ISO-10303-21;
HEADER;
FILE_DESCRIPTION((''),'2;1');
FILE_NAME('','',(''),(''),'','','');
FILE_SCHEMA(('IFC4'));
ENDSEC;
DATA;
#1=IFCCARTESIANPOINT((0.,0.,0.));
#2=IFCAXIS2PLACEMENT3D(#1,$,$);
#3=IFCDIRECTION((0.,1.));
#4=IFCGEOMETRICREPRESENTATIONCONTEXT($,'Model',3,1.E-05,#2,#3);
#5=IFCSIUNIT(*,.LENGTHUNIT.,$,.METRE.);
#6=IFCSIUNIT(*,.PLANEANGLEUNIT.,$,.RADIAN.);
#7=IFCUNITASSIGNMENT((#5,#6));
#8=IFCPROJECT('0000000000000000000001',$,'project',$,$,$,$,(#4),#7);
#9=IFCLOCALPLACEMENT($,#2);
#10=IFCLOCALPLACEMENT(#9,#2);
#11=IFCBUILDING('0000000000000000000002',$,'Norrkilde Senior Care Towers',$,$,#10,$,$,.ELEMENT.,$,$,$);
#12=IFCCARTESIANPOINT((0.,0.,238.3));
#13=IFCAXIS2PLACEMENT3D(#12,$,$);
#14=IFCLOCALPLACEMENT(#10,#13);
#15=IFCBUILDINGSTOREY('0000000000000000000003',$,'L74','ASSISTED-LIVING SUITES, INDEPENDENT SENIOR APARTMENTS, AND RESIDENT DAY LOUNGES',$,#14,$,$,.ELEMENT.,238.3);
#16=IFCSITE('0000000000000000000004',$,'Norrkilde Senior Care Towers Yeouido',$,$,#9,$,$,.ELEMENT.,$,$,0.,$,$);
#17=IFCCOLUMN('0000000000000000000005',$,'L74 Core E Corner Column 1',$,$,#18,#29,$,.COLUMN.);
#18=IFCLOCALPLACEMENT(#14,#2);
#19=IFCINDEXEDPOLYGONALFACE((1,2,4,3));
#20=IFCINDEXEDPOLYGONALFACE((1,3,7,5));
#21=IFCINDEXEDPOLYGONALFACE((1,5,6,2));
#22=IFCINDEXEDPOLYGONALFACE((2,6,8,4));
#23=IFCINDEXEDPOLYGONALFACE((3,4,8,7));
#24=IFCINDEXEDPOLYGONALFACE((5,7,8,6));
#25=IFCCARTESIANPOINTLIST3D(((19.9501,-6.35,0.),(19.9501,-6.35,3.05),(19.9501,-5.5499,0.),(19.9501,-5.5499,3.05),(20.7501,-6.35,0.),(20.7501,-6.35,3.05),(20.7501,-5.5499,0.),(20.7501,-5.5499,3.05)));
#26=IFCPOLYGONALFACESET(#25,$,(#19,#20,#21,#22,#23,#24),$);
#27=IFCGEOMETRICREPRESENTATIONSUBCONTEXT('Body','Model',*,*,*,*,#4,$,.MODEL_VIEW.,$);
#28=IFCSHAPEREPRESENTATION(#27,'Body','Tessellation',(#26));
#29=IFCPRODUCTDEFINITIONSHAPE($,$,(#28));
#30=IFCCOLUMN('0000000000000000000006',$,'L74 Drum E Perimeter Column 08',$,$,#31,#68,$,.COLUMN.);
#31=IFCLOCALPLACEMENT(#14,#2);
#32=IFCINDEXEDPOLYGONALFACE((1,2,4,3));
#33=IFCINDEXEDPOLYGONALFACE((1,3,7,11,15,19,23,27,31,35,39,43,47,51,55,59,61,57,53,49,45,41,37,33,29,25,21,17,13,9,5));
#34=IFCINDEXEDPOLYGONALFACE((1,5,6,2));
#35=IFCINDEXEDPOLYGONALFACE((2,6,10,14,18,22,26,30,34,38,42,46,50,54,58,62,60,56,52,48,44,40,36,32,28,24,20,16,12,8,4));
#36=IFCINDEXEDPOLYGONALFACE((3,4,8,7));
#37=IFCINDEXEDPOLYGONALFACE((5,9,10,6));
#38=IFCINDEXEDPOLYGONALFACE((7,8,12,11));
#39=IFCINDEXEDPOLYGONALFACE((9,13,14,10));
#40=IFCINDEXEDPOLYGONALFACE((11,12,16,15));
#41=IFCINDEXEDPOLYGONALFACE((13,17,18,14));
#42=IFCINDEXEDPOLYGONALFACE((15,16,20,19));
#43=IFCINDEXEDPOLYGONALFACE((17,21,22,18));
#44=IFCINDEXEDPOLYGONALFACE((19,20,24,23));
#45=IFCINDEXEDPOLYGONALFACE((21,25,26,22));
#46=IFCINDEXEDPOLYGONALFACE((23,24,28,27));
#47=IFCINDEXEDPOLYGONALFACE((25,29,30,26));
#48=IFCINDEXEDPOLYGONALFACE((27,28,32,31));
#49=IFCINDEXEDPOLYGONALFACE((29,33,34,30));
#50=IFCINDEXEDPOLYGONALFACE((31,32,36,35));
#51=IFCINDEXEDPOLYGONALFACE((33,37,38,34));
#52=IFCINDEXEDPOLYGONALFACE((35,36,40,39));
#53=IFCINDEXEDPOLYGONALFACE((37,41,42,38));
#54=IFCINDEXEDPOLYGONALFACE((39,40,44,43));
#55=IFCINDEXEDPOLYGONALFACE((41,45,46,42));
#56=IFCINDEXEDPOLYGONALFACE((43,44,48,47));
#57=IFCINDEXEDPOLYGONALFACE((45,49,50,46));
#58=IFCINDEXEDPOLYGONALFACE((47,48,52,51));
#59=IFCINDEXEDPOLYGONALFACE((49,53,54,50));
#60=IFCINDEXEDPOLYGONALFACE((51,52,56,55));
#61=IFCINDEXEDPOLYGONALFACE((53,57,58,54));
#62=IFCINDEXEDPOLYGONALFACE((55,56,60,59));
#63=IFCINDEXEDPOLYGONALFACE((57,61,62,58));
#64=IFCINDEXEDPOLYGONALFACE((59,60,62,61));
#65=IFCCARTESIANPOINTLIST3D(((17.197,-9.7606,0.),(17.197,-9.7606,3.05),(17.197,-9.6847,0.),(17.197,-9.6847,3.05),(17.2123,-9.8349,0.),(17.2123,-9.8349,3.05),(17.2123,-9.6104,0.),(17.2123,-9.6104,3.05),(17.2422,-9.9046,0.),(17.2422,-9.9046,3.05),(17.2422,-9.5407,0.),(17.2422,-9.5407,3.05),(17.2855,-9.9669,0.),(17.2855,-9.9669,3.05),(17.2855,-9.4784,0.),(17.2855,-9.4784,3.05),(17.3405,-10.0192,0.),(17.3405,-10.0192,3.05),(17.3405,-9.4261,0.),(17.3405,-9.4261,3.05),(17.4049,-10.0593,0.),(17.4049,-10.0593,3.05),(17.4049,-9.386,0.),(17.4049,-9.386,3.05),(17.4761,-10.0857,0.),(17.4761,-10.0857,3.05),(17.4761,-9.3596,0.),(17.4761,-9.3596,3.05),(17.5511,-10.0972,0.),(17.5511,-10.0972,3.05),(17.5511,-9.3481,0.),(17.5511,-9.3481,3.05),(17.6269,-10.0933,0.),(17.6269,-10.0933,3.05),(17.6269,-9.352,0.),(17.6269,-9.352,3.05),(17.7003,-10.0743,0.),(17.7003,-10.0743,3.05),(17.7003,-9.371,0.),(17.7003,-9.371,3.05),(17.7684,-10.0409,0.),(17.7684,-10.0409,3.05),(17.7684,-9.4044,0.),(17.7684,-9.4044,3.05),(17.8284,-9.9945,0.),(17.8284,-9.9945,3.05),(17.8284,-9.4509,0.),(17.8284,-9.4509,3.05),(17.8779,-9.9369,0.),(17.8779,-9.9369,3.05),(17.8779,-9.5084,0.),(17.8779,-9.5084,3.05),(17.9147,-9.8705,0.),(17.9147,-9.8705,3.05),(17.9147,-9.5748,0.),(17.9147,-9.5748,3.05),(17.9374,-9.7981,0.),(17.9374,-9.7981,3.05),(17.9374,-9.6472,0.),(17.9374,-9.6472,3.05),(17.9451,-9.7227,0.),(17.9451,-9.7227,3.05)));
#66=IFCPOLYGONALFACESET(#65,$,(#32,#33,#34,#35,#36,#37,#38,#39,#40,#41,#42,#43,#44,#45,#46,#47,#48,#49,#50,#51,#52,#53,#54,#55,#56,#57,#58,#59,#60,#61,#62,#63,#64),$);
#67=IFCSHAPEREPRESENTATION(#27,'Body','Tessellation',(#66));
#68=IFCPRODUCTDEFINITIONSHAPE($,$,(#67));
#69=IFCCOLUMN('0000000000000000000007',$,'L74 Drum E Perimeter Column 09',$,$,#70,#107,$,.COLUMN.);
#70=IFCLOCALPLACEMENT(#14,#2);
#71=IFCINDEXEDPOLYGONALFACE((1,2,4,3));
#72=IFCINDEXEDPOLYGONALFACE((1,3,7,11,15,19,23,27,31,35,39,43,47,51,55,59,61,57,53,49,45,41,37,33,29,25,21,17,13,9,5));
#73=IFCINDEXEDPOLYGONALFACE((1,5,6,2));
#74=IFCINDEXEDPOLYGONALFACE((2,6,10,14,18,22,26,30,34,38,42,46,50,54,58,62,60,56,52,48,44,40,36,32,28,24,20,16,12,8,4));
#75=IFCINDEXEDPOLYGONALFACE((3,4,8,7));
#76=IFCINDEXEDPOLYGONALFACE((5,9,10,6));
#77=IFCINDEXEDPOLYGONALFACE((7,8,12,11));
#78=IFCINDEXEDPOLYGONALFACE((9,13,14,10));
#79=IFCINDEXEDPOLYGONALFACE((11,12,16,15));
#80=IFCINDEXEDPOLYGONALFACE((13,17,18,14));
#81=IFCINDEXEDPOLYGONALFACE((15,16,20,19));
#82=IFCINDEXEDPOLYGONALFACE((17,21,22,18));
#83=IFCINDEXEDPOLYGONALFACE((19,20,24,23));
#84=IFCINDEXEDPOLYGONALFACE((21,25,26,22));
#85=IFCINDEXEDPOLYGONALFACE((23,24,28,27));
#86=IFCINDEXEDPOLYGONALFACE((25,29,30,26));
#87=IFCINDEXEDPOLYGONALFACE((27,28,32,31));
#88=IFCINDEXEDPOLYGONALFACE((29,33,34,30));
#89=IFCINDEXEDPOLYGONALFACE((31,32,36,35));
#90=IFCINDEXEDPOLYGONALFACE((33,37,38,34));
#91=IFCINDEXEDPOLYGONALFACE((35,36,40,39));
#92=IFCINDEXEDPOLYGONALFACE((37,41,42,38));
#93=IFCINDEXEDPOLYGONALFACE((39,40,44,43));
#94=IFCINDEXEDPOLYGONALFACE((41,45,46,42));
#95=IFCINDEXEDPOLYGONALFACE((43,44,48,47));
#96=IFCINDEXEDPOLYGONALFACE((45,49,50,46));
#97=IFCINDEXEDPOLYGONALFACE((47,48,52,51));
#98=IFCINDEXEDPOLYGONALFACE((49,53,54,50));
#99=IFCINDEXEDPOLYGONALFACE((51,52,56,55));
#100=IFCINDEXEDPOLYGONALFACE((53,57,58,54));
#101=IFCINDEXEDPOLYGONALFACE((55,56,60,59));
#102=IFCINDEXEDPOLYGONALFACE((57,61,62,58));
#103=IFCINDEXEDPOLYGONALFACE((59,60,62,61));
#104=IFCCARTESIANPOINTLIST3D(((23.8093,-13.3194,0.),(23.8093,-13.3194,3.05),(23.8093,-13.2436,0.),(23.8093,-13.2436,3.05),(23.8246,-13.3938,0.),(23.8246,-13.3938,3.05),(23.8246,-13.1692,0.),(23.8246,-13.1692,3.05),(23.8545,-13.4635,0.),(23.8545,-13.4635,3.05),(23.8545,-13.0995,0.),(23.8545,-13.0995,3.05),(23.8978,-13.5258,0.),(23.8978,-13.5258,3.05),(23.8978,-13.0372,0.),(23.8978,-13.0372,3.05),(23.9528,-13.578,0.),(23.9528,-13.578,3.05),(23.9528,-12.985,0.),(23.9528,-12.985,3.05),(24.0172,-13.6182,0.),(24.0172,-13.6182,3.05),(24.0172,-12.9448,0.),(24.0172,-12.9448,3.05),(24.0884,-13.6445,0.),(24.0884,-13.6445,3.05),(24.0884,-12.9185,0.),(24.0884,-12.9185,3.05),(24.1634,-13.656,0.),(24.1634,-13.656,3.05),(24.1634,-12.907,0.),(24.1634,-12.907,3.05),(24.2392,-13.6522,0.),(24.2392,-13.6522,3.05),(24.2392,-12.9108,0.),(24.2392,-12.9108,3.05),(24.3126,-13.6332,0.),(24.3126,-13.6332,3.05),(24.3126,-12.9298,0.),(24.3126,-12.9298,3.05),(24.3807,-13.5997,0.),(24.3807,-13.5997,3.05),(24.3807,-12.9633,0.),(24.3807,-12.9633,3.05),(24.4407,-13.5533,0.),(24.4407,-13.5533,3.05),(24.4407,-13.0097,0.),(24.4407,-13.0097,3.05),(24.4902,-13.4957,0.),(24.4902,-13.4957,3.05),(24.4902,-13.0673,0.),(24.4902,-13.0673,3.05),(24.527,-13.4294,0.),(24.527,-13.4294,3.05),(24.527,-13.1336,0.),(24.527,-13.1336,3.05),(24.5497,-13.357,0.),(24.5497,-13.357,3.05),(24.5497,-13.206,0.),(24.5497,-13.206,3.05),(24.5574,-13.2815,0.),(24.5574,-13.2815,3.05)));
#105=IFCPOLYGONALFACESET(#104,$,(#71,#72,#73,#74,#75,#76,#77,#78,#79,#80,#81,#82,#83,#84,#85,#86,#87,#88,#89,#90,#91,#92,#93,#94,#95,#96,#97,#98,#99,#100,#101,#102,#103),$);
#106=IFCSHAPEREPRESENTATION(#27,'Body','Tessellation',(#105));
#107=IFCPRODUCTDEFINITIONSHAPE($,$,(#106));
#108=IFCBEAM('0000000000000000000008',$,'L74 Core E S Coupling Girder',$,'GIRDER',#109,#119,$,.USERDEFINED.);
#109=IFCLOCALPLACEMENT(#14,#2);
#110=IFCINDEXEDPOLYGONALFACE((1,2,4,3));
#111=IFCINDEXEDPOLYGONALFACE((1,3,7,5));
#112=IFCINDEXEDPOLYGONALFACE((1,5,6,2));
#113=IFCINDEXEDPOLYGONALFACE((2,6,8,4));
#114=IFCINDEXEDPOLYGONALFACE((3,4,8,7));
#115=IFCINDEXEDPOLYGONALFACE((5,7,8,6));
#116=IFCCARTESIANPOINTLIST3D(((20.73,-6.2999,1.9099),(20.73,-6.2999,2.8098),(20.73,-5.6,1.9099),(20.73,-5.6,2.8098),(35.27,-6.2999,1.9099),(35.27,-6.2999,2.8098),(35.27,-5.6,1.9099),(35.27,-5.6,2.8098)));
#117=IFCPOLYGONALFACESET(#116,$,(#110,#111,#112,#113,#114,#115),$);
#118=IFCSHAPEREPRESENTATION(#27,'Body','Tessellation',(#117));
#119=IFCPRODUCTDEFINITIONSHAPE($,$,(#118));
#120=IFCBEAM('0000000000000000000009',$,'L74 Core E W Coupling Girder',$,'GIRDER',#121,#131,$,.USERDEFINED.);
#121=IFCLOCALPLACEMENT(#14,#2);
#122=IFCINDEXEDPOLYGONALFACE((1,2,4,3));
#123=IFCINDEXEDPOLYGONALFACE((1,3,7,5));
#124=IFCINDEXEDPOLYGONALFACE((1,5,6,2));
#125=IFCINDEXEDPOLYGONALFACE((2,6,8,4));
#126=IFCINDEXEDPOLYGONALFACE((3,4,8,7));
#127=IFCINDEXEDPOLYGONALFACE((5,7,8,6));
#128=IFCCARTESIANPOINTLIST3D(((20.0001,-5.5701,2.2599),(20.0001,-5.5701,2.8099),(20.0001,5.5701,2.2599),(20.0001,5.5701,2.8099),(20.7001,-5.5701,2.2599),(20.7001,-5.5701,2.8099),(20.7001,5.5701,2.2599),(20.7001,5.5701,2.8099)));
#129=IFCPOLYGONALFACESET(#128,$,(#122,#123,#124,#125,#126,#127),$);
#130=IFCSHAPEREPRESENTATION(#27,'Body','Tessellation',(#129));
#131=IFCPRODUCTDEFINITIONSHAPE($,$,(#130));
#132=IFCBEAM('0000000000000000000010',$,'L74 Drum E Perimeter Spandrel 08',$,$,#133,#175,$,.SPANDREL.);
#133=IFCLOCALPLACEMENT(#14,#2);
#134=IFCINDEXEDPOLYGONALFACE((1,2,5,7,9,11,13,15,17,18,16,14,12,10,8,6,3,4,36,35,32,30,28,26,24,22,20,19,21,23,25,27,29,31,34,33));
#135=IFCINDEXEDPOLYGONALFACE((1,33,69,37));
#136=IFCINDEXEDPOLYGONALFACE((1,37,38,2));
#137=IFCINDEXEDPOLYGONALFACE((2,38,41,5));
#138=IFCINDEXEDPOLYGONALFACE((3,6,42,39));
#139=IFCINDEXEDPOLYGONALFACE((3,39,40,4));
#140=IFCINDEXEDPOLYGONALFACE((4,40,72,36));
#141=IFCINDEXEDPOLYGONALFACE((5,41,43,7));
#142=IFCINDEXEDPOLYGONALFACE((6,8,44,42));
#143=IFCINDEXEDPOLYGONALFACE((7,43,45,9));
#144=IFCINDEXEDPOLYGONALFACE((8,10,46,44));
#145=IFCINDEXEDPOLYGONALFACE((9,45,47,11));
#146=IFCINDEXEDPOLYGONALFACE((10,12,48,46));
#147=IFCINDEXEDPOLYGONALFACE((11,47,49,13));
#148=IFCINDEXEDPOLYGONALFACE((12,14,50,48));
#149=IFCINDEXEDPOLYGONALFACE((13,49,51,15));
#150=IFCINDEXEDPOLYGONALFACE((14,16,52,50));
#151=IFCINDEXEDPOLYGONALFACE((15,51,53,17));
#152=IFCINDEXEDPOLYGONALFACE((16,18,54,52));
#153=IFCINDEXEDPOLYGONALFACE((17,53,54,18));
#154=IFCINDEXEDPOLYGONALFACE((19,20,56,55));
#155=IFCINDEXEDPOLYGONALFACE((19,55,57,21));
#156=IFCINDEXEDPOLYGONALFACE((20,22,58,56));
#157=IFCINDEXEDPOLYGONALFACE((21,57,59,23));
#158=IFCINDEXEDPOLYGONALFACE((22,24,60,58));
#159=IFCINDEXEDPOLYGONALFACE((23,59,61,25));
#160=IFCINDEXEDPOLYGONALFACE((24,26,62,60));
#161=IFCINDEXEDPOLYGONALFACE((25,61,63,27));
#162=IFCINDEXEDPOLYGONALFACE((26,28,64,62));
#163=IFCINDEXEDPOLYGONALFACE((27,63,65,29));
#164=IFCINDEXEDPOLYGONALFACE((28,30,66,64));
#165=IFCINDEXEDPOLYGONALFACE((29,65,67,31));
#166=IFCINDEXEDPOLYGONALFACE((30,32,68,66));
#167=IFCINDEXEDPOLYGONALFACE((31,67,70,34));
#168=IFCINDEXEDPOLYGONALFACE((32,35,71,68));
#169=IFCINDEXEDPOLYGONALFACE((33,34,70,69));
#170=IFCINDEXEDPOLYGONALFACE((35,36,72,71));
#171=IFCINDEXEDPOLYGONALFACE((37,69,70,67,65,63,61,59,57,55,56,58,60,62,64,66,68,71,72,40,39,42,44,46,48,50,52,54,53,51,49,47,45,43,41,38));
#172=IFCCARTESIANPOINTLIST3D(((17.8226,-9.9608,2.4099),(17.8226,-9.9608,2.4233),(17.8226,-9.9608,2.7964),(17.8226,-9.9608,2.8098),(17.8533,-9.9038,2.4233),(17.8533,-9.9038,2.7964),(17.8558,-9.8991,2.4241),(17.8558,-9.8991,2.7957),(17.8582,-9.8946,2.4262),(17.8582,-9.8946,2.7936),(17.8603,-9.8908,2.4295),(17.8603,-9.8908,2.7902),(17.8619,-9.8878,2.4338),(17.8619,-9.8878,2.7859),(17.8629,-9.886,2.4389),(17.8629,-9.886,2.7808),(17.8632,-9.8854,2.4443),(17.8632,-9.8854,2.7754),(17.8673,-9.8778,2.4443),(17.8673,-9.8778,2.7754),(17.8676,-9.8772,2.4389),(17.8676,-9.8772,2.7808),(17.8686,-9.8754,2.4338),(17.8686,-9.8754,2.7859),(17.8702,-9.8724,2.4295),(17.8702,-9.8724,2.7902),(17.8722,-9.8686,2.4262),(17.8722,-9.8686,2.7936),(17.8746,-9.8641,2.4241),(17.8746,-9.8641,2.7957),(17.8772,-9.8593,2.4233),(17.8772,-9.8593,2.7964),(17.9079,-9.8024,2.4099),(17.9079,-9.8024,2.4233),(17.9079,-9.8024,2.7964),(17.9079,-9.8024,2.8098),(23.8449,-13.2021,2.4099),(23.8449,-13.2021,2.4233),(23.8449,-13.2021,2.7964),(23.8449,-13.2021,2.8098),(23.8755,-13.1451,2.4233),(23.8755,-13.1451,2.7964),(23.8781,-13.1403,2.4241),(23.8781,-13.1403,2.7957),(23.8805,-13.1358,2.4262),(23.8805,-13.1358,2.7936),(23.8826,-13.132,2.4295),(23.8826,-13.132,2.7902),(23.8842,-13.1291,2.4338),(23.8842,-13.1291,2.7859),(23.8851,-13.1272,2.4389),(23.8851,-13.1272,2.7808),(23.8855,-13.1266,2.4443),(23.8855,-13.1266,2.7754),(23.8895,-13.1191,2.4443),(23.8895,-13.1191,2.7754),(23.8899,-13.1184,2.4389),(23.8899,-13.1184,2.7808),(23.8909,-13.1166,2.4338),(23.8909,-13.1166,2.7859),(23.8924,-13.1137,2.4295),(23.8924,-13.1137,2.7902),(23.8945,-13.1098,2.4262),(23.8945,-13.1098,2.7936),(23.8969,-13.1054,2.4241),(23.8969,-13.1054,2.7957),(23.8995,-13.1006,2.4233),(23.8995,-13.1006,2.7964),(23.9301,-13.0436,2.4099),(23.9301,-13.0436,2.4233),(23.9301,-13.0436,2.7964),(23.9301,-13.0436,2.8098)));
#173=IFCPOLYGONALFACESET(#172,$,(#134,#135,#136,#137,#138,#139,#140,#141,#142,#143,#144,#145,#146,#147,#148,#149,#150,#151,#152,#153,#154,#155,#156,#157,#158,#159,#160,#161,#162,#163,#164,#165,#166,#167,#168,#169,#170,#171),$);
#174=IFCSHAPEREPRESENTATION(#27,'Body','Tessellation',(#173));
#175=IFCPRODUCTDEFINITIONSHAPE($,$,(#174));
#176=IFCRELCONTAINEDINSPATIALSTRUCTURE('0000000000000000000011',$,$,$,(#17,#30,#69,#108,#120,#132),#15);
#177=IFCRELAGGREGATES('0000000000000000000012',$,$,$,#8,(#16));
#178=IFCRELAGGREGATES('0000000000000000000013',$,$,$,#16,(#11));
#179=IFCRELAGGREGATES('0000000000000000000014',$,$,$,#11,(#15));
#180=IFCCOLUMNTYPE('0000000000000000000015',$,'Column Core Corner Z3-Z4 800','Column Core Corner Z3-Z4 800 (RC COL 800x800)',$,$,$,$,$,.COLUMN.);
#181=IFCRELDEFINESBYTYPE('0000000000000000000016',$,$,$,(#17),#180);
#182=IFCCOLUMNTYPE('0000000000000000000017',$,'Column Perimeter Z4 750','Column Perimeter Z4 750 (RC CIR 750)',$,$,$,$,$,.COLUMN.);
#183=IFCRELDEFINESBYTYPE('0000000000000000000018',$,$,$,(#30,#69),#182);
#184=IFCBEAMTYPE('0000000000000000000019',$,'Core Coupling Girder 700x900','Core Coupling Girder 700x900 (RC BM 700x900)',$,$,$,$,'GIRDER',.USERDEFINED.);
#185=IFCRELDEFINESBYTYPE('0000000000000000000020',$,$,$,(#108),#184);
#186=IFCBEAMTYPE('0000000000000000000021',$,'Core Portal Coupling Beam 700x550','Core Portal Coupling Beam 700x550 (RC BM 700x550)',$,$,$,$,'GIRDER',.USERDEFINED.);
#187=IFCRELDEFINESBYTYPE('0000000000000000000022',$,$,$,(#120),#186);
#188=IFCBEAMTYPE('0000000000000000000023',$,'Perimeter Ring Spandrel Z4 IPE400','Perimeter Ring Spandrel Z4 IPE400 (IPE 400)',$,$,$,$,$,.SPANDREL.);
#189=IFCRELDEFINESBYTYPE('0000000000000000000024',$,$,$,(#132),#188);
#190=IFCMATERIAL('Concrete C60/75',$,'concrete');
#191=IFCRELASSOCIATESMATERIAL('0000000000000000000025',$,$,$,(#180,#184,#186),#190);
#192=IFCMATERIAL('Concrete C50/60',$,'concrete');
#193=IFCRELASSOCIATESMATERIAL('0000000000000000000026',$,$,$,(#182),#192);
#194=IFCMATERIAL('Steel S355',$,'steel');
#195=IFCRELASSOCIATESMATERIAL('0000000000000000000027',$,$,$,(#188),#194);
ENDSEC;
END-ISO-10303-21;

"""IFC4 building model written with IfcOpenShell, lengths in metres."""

from ifc_helpers import new_model, si_unit, direction, frame, origin, origin_2d, place, context, subcontext, project, spatial, rectangle, circle, i_section, extrude, source, transform, mapped, material, material_profile, profile_set, type_object, type_shapes, element, save


model = new_model("IFC4")

# Units and contexts
model_context = context("Model", 3, precision=1e-05, world=origin(), true_north=direction((0.0, 1.0)))
body_context = subcontext(model_context, "Body", "Model", "MODEL_VIEW")
ifc_project = project(units=[si_unit("LENGTHUNIT", "METRE"), si_unit("PLANEANGLEUNIT", "RADIAN")], contexts=[model_context])

# Site, building, storey
site_placement = place(None, origin())
site = spatial("IfcSite", under=ifc_project, at=site_placement, Name="Norrkilde Senior Care Towers Yeouido", CompositionType="ELEMENT", RefElevation=0.0)
building_placement = place(site_placement, origin())
building = spatial("IfcBuilding", under=site, at=building_placement, Name="Norrkilde Senior Care Towers", CompositionType="ELEMENT")
storey_placement = place(building_placement, frame((0.0, 0.0, 238.3)))
storey = spatial("IfcBuildingStorey", under=building, at=storey_placement, Name="L74", Description="ASSISTED-LIVING SUITES, INDEPENDENT SENIOR APARTMENTS, AND RESIDENT DAY LOUNGES", CompositionType="ELEMENT", Elevation=238.3)

# Columns
ifc_material_1 = material(Name="Concrete C60/75", Category="concrete")
ifc_material_profile_1 = material_profile(ifc_material_1, rectangle(XDim=0.8, YDim=0.8, at=origin_2d()), Name="RC COL 800x800")
ifc_profile_set_1 = profile_set([ifc_material_profile_1], Name="Concrete C60/75")
column_type_1 = type_object("IfcColumnType", Name="Column Core Corner Z3-Z4 800", Description="Column Core Corner Z3-Z4 800 (RC COL 800x800)", PredefinedType="COLUMN", material=ifc_profile_set_1)
shared_shape_1 = source(origin(), body_context, "Body", "SweptSolid", [
    extrude(rectangle(XDim=0.8, YDim=0.8, at=origin_2d()), origin(), (0.0, 0.0, 1.0), 3.05),
])
type_shapes(column_type_1, [shared_shape_1])
column_placement = place(storey_placement, frame((20.3501, -5.95, 0.0), z_axis=(0.0, 0.0, 1.0), x_axis=(1.0, 0.0, 0.0)))
element("IfcColumn", 1, at=column_placement, inside=storey, type_object=column_type_1, Name="L74 Core E Corner Column 1", PredefinedType="COLUMN", context=body_context, shape_type="MappedRepresentation", body=[
    mapped(shared_shape_1, transform((0.0, 0.0, 0.0), x_axis=(1.0, 0.0, 0.0), y_axis=(0.0, 1.0, 0.0), z_axis=(0.0, 0.0, 1.0), scale=1.0)),
])
ifc_material_2 = material(Name="Concrete C50/60", Category="concrete")
ifc_material_profile_2 = material_profile(ifc_material_2, circle(Radius=0.375, at=origin_2d()), Name="RC CIR 750")
ifc_profile_set_2 = profile_set([ifc_material_profile_2], Name="Concrete C50/60")
column_type_2 = type_object("IfcColumnType", Name="Column Perimeter Z4 750", Description="Column Perimeter Z4 750 (RC CIR 750)", PredefinedType="COLUMN", material=ifc_profile_set_2)
shared_shape_2 = source(origin(), body_context, "Body", "SweptSolid", [
    extrude(circle(Radius=0.375, at=origin_2d()), origin(), (0.0, 0.0, 1.0), 3.05),
])
type_shapes(column_type_2, [shared_shape_2])
for number, where, z_axis, x_axis, name in (
    (2, (17.5701, -9.7227, 0.0), (0.0, 0.0, 1.0), (1.0, 0.0, 0.0), "L74 Drum E Perimeter Column 08"),
    (3, (24.1824, -13.2815, 0.0), (0.0, 0.0, 1.0), (1.0, 0.0, 0.0), "L74 Drum E Perimeter Column 09"),
):
    element("IfcColumn", number, at=place(storey_placement, frame(where, z_axis=z_axis, x_axis=x_axis)), inside=storey, type_object=column_type_2, Name=name, PredefinedType="COLUMN", context=body_context, shape_type="MappedRepresentation", body=[
        mapped(shared_shape_2, transform((0.0, 0.0, 0.0), x_axis=(1.0, 0.0, 0.0), y_axis=(0.0, 1.0, 0.0), z_axis=(0.0, 0.0, 1.0), scale=1.0)),
    ])

# Beams
ifc_material_profile_3 = material_profile(ifc_material_1, rectangle(XDim=0.7, YDim=0.8999, at=origin_2d()), Name="RC BM 700x900")
ifc_profile_set_3 = profile_set([ifc_material_profile_3], Name="Concrete C60/75")
beam_type_1 = type_object("IfcBeamType", Name="Core Coupling Girder 700x900", Description="Core Coupling Girder 700x900 (RC BM 700x900)", ElementType="GIRDER", PredefinedType="USERDEFINED", material=ifc_profile_set_3)
shared_shape_3 = source(origin(), body_context, "Body", "SweptSolid", [
    extrude(rectangle(XDim=0.7, YDim=0.8999, at=origin_2d()), origin(), (0.0, 0.0, 1.0), 14.54),
])
type_shapes(beam_type_1, [shared_shape_3])
beam_1_placement = place(storey_placement, frame((20.73, -5.95, 2.3599), z_axis=(1.0, 0.0, 0.0), x_axis=(0.0, 1.0, 0.0)))
element("IfcBeam", 4, at=beam_1_placement, inside=storey, type_object=beam_type_1, Name="L74 Core E S Coupling Girder", ObjectType="GIRDER", PredefinedType="USERDEFINED", context=body_context, shape_type="MappedRepresentation", body=[
    mapped(shared_shape_3, transform((0.0, 0.0, 0.0), x_axis=(1.0, 0.0, 0.0), y_axis=(0.0, 1.0, 0.0), z_axis=(0.0, 0.0, 1.0), scale=1.0)),
])
ifc_material_profile_4 = material_profile(ifc_material_1, rectangle(XDim=0.7, YDim=0.55, at=origin_2d()), Name="RC BM 700x550")
ifc_profile_set_4 = profile_set([ifc_material_profile_4], Name="Concrete C60/75")
beam_type_2 = type_object("IfcBeamType", Name="Core Portal Coupling Beam 700x550", Description="Core Portal Coupling Beam 700x550 (RC BM 700x550)", ElementType="GIRDER", PredefinedType="USERDEFINED", material=ifc_profile_set_4)
shared_shape_4 = source(origin(), body_context, "Body", "SweptSolid", [
    extrude(rectangle(XDim=0.7, YDim=0.55, at=origin_2d()), origin(), (0.0, 0.0, 1.0), 11.1401),
])
type_shapes(beam_type_2, [shared_shape_4])
beam_2_placement = place(storey_placement, frame((20.3501, -5.5701, 2.5349), z_axis=(0.0, 1.0, 0.0), x_axis=(-1.0, 0.0, 0.0)))
element("IfcBeam", 5, at=beam_2_placement, inside=storey, type_object=beam_type_2, Name="L74 Core E W Coupling Girder", ObjectType="GIRDER", PredefinedType="USERDEFINED", context=body_context, shape_type="MappedRepresentation", body=[
    mapped(shared_shape_4, transform((0.0, 0.0, 0.0), x_axis=(1.0, 0.0, 0.0), y_axis=(0.0, 1.0, 0.0), z_axis=(0.0, 0.0, 1.0), scale=1.0)),
])
ifc_material_3 = material(Name="Steel S355", Category="steel")
ifc_material_profile_5 = material_profile(ifc_material_3, i_section(OverallWidth=0.1799, OverallDepth=0.3999, WebThickness=0.0085, FlangeThickness=0.0134, FilletRadius=0.021, at=origin_2d()), Name="IPE 400")
ifc_profile_set_5 = profile_set([ifc_material_profile_5], Name="Steel S355")
beam_type_3 = type_object("IfcBeamType", Name="Perimeter Ring Spandrel Z4 IPE400", Description="Perimeter Ring Spandrel Z4 IPE400 (IPE 400)", PredefinedType="SPANDREL", material=ifc_profile_set_5)
shared_shape_5 = source(origin(), body_context, "Body", "SweptSolid", [
    extrude(i_section(OverallWidth=0.1799, OverallDepth=0.3999, WebThickness=0.0085, FlangeThickness=0.0134, FilletRadius=0.021, at=origin_2d()), origin(), (0.0, 0.0, 1.0), 6.8391),
])
beam_3_placement = place(storey_placement, frame((17.8652, -9.8816, 2.6099), z_axis=(0.880564, -0.473927, 0.0), x_axis=(0.473927, 0.880564, 0.0)))
element("IfcBeam", 6, at=beam_3_placement, inside=storey, type_object=beam_type_3, Name="L74 Drum E Perimeter Spandrel 08", PredefinedType="SPANDREL", context=body_context, shape_type="MappedRepresentation", body=[
    mapped(shared_shape_5, transform((0.0, 0.0, 0.0), x_axis=(1.0, 0.0, 0.0), y_axis=(0.0, 1.0, 0.0), z_axis=(0.0, 0.0, 1.0), scale=1.0)),
])

save(model, "model.ifc")
